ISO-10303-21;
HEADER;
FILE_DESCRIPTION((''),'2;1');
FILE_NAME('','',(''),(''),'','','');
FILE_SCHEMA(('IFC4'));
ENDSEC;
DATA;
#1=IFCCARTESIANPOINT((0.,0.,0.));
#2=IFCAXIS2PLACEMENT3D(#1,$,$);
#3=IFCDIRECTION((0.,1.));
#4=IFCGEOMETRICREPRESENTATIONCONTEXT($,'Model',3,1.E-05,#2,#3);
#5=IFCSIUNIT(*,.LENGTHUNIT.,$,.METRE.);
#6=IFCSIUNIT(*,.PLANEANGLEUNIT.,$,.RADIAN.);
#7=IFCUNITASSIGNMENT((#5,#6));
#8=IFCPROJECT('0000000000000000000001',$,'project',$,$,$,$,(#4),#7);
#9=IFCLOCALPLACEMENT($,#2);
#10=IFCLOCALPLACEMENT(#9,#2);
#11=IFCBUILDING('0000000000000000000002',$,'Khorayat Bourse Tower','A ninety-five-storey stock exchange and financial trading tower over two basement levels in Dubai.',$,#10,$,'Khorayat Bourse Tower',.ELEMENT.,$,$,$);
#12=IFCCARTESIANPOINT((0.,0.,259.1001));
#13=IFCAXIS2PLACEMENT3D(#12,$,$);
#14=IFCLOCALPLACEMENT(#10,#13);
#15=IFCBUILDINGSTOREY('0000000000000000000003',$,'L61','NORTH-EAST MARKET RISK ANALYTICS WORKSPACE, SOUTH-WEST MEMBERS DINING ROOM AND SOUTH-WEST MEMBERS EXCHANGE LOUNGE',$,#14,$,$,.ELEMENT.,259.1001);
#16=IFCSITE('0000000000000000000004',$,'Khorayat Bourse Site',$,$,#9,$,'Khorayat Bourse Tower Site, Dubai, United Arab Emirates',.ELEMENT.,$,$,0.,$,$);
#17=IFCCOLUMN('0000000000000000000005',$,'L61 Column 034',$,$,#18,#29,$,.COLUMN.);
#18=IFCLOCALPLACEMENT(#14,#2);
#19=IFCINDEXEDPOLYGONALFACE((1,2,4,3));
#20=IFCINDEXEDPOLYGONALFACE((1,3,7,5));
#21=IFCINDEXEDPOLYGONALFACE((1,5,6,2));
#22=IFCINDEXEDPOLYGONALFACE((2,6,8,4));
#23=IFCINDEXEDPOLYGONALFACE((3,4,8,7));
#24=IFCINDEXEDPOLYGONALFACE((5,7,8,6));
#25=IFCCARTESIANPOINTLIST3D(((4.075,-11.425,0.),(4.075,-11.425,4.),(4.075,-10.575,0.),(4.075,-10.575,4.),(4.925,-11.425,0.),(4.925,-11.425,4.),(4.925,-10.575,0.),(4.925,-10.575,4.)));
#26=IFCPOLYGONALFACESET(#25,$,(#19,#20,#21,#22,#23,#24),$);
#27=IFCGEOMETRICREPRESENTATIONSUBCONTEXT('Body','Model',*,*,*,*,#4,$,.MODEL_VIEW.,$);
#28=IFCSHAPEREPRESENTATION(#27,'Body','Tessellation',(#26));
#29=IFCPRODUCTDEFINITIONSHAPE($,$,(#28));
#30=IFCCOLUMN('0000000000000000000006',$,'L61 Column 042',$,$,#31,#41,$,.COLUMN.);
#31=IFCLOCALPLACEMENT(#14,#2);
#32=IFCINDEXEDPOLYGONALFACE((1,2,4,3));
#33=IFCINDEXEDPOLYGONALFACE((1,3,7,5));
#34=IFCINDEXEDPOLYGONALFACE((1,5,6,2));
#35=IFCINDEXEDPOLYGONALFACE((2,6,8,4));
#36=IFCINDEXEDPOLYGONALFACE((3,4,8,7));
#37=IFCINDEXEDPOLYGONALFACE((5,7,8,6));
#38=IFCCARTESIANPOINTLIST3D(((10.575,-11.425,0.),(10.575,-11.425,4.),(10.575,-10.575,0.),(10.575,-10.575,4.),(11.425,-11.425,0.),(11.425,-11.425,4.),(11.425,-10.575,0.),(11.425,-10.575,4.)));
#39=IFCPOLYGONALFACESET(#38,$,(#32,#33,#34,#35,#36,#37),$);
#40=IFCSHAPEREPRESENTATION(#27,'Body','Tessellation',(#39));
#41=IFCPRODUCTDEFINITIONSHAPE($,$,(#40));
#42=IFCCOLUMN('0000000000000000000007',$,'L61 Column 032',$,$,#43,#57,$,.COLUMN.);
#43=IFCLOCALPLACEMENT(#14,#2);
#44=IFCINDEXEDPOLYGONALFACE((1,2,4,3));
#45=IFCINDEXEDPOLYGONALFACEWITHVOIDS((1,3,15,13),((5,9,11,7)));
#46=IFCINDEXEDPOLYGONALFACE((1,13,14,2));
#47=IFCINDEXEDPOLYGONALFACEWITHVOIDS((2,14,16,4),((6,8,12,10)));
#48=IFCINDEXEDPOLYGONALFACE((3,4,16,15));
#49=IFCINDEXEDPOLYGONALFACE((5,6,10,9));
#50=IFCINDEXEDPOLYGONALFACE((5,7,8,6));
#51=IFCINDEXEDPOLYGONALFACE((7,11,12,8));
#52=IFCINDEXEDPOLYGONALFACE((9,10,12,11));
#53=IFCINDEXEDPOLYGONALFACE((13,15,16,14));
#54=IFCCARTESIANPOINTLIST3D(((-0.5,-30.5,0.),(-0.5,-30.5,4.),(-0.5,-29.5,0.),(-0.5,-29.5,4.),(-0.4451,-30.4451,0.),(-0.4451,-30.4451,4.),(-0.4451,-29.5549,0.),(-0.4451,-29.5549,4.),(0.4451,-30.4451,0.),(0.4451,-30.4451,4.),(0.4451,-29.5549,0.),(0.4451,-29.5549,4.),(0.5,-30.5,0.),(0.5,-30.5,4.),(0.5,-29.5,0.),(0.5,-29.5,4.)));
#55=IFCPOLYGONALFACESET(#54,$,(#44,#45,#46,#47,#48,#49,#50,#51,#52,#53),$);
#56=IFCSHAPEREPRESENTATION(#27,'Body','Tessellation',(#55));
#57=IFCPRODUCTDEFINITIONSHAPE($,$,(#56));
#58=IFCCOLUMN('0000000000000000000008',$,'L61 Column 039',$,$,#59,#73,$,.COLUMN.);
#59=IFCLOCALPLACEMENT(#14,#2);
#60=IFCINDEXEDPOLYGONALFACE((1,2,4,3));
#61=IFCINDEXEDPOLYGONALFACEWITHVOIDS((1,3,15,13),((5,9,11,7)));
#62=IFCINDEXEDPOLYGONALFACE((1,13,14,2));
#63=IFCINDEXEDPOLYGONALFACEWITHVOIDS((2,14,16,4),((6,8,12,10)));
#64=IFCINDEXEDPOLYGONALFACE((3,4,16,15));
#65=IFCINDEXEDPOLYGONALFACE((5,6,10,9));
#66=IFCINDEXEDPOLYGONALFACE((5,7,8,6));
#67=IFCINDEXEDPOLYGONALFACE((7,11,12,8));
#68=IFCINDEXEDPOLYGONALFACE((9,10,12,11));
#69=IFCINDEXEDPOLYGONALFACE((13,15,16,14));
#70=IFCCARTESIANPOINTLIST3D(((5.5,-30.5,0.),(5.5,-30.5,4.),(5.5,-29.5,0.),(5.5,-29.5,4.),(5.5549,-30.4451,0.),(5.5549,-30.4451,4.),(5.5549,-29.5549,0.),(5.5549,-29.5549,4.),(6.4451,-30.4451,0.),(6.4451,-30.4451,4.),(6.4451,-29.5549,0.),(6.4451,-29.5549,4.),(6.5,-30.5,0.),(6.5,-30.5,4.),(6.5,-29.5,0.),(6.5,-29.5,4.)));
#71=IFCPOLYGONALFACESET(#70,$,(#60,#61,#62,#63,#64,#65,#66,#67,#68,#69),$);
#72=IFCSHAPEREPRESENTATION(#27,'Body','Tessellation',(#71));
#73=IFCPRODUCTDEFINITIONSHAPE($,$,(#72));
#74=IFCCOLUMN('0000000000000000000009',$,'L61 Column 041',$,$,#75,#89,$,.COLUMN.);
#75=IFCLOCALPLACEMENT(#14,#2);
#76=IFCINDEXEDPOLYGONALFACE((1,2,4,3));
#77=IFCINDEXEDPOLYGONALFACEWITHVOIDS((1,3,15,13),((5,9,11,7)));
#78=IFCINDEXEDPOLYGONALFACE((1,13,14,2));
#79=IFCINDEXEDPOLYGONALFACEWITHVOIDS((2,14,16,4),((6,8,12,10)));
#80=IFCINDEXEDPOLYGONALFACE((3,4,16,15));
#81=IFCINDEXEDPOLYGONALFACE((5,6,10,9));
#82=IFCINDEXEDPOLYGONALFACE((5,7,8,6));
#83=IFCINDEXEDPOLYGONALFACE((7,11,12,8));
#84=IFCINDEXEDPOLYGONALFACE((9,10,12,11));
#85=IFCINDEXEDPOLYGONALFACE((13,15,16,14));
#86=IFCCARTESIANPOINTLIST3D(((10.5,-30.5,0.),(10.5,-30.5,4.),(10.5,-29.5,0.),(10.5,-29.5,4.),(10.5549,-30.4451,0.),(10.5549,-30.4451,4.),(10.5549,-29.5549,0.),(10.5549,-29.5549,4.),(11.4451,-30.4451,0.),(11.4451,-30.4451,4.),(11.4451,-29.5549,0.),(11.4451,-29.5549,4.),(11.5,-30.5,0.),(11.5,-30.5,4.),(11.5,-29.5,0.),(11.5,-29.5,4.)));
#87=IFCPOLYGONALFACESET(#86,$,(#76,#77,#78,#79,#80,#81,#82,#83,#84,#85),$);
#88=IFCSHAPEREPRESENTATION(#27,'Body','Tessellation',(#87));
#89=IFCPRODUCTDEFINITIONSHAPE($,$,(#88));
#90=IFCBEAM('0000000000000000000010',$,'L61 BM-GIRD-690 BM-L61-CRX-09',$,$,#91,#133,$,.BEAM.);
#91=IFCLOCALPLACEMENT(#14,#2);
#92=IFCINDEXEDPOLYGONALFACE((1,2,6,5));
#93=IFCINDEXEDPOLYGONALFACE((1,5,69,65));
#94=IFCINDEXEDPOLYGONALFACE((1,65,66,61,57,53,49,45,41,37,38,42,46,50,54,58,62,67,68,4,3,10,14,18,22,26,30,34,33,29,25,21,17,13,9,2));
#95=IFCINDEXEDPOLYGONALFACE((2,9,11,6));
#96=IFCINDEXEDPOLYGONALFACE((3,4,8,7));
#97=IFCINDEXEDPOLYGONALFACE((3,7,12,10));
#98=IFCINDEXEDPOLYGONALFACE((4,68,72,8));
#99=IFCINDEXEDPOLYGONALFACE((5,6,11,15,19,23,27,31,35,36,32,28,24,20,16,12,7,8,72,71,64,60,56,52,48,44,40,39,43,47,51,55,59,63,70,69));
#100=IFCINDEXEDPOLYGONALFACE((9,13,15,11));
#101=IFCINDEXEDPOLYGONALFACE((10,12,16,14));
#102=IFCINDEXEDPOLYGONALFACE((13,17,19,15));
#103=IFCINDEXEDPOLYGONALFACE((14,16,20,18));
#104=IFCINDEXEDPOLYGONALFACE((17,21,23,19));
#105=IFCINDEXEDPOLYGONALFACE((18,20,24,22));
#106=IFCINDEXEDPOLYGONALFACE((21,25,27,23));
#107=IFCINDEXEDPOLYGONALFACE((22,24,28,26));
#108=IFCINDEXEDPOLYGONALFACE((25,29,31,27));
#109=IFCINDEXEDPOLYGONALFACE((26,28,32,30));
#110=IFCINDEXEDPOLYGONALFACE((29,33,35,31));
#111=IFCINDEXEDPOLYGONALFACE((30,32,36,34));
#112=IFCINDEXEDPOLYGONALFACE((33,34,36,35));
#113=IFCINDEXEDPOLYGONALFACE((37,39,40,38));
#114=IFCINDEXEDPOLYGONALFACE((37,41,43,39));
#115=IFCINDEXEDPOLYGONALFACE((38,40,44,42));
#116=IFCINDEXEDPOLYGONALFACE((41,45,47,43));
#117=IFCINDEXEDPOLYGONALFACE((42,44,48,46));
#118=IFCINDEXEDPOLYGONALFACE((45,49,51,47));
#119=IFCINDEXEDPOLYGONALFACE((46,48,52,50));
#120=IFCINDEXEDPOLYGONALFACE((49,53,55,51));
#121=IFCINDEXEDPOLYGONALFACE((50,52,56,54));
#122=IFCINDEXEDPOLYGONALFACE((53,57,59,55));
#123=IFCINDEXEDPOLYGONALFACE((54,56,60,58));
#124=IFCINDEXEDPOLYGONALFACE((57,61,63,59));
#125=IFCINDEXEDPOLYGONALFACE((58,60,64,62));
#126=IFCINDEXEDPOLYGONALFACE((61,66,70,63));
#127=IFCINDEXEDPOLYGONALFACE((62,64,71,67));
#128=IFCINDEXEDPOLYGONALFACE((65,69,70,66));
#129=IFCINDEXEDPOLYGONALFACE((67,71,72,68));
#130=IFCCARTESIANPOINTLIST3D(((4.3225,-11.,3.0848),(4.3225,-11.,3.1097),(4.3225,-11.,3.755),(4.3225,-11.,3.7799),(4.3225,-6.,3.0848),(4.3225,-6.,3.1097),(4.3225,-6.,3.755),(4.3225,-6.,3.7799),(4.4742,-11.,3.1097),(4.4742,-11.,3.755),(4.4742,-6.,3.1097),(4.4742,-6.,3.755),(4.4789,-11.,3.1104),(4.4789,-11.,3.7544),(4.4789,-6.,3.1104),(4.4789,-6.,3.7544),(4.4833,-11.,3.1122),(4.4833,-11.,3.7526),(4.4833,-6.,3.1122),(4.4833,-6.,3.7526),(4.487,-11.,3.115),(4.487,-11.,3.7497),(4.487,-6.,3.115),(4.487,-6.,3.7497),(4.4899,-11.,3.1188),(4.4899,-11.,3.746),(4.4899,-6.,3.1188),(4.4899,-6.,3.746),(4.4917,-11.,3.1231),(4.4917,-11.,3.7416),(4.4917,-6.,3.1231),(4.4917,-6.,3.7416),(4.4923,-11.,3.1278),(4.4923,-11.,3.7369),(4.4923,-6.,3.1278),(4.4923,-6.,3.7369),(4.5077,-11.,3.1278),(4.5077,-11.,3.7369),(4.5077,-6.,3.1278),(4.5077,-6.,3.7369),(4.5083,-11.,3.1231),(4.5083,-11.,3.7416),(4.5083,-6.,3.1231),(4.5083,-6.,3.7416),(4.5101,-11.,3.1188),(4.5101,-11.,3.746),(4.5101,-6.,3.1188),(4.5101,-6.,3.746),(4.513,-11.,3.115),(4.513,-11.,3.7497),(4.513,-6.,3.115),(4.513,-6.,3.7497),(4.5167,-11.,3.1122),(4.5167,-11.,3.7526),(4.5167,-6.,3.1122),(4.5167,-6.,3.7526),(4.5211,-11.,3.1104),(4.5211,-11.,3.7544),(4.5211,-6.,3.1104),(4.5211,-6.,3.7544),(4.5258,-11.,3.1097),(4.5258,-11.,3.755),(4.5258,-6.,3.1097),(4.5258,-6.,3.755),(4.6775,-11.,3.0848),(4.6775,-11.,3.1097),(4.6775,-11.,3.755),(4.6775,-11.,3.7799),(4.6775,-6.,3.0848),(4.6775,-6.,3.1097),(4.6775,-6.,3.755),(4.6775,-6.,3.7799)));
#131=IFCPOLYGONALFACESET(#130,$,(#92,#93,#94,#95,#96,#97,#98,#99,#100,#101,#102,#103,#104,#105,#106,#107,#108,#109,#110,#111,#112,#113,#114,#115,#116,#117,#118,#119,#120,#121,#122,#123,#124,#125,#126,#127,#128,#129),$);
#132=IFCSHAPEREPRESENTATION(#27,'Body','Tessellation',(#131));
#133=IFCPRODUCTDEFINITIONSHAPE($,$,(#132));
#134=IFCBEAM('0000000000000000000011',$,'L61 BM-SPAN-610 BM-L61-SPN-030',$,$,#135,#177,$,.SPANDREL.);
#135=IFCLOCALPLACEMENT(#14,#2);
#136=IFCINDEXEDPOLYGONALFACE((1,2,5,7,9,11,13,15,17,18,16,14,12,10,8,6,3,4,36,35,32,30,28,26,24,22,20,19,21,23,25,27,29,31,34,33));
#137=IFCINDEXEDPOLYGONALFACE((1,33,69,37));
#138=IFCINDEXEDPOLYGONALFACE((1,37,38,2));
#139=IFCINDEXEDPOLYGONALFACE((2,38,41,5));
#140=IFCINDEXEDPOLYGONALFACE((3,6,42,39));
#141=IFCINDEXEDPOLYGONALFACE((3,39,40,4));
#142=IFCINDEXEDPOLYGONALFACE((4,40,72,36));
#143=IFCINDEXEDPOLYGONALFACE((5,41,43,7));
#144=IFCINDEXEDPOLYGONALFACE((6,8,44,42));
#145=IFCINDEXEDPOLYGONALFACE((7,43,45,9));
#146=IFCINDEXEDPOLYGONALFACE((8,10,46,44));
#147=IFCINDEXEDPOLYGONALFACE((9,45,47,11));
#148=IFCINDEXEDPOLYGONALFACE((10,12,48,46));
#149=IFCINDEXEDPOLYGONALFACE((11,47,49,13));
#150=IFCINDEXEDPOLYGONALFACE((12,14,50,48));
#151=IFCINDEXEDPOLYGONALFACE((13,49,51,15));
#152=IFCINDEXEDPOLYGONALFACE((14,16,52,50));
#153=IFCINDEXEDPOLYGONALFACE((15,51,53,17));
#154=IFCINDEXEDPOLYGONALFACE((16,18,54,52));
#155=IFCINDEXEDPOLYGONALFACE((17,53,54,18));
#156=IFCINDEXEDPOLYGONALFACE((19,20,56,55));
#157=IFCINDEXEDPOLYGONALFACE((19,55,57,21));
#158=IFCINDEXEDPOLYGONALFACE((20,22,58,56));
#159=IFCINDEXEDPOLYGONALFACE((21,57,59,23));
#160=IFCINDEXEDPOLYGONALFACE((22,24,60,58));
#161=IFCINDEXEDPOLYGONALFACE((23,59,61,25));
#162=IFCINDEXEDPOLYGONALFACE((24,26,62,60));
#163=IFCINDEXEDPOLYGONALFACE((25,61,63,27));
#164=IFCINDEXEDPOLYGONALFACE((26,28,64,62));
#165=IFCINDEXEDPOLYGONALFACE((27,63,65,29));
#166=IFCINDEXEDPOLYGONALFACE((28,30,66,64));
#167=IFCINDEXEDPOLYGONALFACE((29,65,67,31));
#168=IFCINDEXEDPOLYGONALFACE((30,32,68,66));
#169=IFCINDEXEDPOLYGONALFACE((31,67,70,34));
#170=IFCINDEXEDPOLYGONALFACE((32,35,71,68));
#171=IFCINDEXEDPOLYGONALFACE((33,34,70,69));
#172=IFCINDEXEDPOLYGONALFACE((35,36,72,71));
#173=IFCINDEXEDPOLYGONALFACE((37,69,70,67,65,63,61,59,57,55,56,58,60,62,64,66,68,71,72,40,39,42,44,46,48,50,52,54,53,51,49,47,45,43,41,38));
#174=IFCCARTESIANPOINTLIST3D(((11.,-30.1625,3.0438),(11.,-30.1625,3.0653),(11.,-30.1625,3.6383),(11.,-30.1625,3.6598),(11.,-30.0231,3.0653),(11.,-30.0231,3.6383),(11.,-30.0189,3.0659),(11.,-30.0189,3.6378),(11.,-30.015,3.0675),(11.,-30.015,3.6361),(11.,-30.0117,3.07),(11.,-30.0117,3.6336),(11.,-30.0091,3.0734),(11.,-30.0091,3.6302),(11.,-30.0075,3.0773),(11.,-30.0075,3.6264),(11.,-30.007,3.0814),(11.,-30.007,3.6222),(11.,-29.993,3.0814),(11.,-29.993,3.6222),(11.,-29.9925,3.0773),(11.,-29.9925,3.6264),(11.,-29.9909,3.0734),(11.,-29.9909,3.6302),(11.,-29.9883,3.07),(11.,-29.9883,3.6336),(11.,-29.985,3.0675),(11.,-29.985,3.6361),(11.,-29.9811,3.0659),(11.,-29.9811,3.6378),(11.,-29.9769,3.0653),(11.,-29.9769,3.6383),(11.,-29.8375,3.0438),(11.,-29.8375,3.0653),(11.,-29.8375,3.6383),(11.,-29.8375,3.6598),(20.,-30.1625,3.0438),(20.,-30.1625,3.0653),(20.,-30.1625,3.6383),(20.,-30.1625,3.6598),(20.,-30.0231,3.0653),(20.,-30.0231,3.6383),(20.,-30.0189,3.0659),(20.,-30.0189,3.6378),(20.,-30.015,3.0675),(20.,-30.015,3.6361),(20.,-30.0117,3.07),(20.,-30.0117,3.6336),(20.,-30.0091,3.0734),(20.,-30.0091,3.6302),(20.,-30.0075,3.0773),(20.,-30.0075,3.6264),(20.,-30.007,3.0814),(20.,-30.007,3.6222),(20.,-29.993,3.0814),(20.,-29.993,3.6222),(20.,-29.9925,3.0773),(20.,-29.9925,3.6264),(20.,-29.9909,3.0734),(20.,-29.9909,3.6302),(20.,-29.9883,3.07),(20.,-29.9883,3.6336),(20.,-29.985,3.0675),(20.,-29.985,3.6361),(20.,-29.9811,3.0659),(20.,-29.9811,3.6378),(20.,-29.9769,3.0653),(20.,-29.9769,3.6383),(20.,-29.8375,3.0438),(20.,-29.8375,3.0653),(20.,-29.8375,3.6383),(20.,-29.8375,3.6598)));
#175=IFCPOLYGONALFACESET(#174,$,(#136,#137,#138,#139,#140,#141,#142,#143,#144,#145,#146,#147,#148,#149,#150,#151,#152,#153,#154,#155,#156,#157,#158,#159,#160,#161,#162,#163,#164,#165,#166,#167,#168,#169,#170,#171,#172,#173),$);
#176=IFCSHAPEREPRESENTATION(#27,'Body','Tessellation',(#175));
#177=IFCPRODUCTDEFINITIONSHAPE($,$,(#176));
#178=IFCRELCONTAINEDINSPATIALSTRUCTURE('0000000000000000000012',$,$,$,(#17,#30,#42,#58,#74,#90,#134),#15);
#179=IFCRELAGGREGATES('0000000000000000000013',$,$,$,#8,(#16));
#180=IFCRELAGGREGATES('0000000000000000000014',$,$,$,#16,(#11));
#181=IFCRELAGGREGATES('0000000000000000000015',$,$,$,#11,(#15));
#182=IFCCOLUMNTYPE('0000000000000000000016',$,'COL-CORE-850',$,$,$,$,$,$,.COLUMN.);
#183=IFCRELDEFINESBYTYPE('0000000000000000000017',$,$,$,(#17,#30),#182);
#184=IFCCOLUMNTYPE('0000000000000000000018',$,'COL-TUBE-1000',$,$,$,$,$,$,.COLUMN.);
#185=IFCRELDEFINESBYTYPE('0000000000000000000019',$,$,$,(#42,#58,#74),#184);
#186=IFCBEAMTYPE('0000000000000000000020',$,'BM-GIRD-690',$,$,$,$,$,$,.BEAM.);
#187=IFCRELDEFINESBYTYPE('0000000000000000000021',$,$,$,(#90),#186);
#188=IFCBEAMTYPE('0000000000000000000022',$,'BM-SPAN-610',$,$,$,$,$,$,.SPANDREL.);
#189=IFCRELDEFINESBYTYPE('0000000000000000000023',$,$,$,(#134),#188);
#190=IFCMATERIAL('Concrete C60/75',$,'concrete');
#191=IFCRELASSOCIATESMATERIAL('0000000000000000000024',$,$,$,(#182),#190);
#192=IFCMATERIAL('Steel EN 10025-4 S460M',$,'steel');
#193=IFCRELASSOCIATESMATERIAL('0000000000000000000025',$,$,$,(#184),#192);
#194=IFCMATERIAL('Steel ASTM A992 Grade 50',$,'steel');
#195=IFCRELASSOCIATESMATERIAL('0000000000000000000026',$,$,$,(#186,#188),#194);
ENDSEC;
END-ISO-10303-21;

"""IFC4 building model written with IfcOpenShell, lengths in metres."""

from ifc_helpers import new_model, si_unit, direction, frame, origin, origin_2d, place, context, subcontext, project, spatial, rectangle, hollow_rectangle, i_section, extrude, source, transform, mapped, material, material_profile, profile_set, type_object, element, save


model = new_model("IFC4")

# Units and contexts
model_context = context("Model", 3, precision=1e-05, world=origin(), true_north=direction((0.0, 1.0)))
body_context = subcontext(model_context, "Body", "Model", "MODEL_VIEW")
ifc_project = project(units=[si_unit("LENGTHUNIT", "METRE"), si_unit("PLANEANGLEUNIT", "RADIAN")], contexts=[model_context])

# Site, building, storey
site_placement = place(None, origin())
site = spatial("IfcSite", under=ifc_project, at=site_placement, Name="Khorayat Bourse Site", LongName="Khorayat Bourse Tower Site, Dubai, United Arab Emirates", CompositionType="ELEMENT", RefElevation=0.0)
building_placement = place(site_placement, origin())
building = spatial("IfcBuilding", under=site, at=building_placement, Name="Khorayat Bourse Tower", Description="A ninety-five-storey stock exchange and financial trading tower over two basement levels in Dubai.", LongName="Khorayat Bourse Tower", CompositionType="ELEMENT")
storey_placement = place(building_placement, frame((0.0, 0.0, 259.1001)))
storey = spatial("IfcBuildingStorey", under=building, at=storey_placement, Name="L61", Description="NORTH-EAST MARKET RISK ANALYTICS WORKSPACE, SOUTH-WEST MEMBERS DINING ROOM AND SOUTH-WEST MEMBERS EXCHANGE LOUNGE", CompositionType="ELEMENT", Elevation=259.1001)

# Columns
ifc_material_1 = material(Name="Concrete C60/75", Category="concrete")
ifc_material_profile_1 = material_profile(ifc_material_1, rectangle(XDim=0.8501, YDim=0.8501, at=origin_2d()), Name="RC 850x850")
ifc_profile_set_1 = profile_set([ifc_material_profile_1], Name="Concrete C60/75")
column_type_1 = type_object("IfcColumnType", Name="COL-CORE-850", PredefinedType="COLUMN", material=ifc_profile_set_1)
shared_shape_1 = source(origin(), body_context, "Body", "SweptSolid", [
    extrude(rectangle(XDim=0.8501, YDim=0.8501, at=origin_2d()), origin(), (0.0, 0.0, 1.0), 4.0),
])
for number, where, z_axis, x_axis, name in (
    (1, (4.5, -11.0, 0.0), (0.0, 0.0, 1.0), (1.0, 0.0, 0.0), "L61 Column 034"),
    (2, (11.0, -11.0, 0.0), (0.0, 0.0, 1.0), (1.0, 0.0, 0.0), "L61 Column 042"),
):
    element("IfcColumn", number, at=place(storey_placement, frame(where, z_axis=z_axis, x_axis=x_axis)), inside=storey, type_object=column_type_1, Name=name, PredefinedType="COLUMN", context=body_context, shape_type="MappedRepresentation", body=[
        mapped(shared_shape_1, transform((0.0, 0.0, 0.0), scale=1.0)),
    ])
ifc_material_2 = material(Name="Steel EN 10025-4 S460M", Category="steel")
ifc_material_profile_2 = material_profile(ifc_material_2, hollow_rectangle(XDim=1.0, YDim=1.0, WallThickness=0.0549, at=origin_2d()), Name="BOX 1000x1000x55")
ifc_profile_set_2 = profile_set([ifc_material_profile_2], Name="Steel EN 10025-4 S460M")
column_type_2 = type_object("IfcColumnType", Name="COL-TUBE-1000", PredefinedType="COLUMN", material=ifc_profile_set_2)
shared_shape_2 = source(origin(), body_context, "Body", "SweptSolid", [
    extrude(hollow_rectangle(XDim=1.0, YDim=1.0, WallThickness=0.0549, at=origin_2d()), origin(), (0.0, 0.0, 1.0), 4.0),
])
for number, where, z_axis, x_axis, name in (
    (3, (0.0, -30.0, 0.0), (0.0, 0.0, 1.0), (1.0, 0.0, 0.0), "L61 Column 032"),
    (4, (6.0, -30.0, 0.0), (0.0, 0.0, 1.0), (1.0, 0.0, 0.0), "L61 Column 039"),
    (5, (11.0, -30.0, 0.0), (0.0, 0.0, 1.0), (1.0, 0.0, 0.0), "L61 Column 041"),
):
    element("IfcColumn", number, at=place(storey_placement, frame(where, z_axis=z_axis, x_axis=x_axis)), inside=storey, type_object=column_type_2, Name=name, PredefinedType="COLUMN", context=body_context, shape_type="MappedRepresentation", body=[
        mapped(shared_shape_2, transform((0.0, 0.0, 0.0), scale=1.0)),
    ])

# Beams
ifc_material_3 = material(Name="Steel ASTM A992 Grade 50", Category="steel")
ifc_material_profile_3 = material_profile(ifc_material_3, i_section(OverallWidth=0.355, OverallDepth=0.6951, WebThickness=0.0154, FlangeThickness=0.0249, FilletRadius=0.0181, at=origin_2d()), Name="W690X217")
ifc_profile_set_3 = profile_set([ifc_material_profile_3], Name="Steel ASTM A992 Grade 50")
beam_type_1 = type_object("IfcBeamType", Name="BM-GIRD-690", PredefinedType="BEAM", material=ifc_profile_set_3)
shared_shape_3 = source(origin(), body_context, "Body", "SweptSolid", [
    extrude(i_section(OverallWidth=0.355, OverallDepth=0.6951, WebThickness=0.0154, FlangeThickness=0.0249, FilletRadius=0.0181, at=origin_2d()), origin(), (0.0, 0.0, 1.0), 5.0),
])
beam_1_placement = place(storey_placement, frame((4.5, -11.0, 3.4324), z_axis=(0.0, 1.0, 0.0), x_axis=(-1.0, 0.0, 0.0)))
element("IfcBeam", 6, at=beam_1_placement, inside=storey, type_object=beam_type_1, Name="L61 BM-GIRD-690 BM-L61-CRX-09", PredefinedType="BEAM", context=body_context, shape_type="MappedRepresentation", body=[
    mapped(shared_shape_3, transform((0.0, 0.0, 0.0), scale=1.0)),
])
ifc_material_profile_4 = material_profile(ifc_material_3, i_section(OverallWidth=0.325, OverallDepth=0.616, WebThickness=0.0139, FlangeThickness=0.0215, FilletRadius=0.0161, at=origin_2d()), Name="W610X174")
ifc_profile_set_4 = profile_set([ifc_material_profile_4], Name="Steel ASTM A992 Grade 50")
beam_type_2 = type_object("IfcBeamType", Name="BM-SPAN-610", PredefinedType="SPANDREL", material=ifc_profile_set_4)
shared_shape_4 = source(origin(), body_context, "Body", "SweptSolid", [
    extrude(i_section(OverallWidth=0.325, OverallDepth=0.616, WebThickness=0.0139, FlangeThickness=0.0215, FilletRadius=0.0161, at=origin_2d()), origin(), (0.0, 0.0, 1.0), 9.0),
])
beam_2_placement = place(storey_placement, frame((11.0, -30.0, 3.3518), z_axis=(1.0, 0.0, 0.0), x_axis=(0.0, 1.0, 0.0)))
element("IfcBeam", 7, at=beam_2_placement, inside=storey, type_object=beam_type_2, Name="L61 BM-SPAN-610 BM-L61-SPN-030", PredefinedType="SPANDREL", context=body_context, shape_type="MappedRepresentation", body=[
    mapped(shared_shape_4, transform((0.0, 0.0, 0.0), scale=1.0)),
])

save(model, "model.ifc")
